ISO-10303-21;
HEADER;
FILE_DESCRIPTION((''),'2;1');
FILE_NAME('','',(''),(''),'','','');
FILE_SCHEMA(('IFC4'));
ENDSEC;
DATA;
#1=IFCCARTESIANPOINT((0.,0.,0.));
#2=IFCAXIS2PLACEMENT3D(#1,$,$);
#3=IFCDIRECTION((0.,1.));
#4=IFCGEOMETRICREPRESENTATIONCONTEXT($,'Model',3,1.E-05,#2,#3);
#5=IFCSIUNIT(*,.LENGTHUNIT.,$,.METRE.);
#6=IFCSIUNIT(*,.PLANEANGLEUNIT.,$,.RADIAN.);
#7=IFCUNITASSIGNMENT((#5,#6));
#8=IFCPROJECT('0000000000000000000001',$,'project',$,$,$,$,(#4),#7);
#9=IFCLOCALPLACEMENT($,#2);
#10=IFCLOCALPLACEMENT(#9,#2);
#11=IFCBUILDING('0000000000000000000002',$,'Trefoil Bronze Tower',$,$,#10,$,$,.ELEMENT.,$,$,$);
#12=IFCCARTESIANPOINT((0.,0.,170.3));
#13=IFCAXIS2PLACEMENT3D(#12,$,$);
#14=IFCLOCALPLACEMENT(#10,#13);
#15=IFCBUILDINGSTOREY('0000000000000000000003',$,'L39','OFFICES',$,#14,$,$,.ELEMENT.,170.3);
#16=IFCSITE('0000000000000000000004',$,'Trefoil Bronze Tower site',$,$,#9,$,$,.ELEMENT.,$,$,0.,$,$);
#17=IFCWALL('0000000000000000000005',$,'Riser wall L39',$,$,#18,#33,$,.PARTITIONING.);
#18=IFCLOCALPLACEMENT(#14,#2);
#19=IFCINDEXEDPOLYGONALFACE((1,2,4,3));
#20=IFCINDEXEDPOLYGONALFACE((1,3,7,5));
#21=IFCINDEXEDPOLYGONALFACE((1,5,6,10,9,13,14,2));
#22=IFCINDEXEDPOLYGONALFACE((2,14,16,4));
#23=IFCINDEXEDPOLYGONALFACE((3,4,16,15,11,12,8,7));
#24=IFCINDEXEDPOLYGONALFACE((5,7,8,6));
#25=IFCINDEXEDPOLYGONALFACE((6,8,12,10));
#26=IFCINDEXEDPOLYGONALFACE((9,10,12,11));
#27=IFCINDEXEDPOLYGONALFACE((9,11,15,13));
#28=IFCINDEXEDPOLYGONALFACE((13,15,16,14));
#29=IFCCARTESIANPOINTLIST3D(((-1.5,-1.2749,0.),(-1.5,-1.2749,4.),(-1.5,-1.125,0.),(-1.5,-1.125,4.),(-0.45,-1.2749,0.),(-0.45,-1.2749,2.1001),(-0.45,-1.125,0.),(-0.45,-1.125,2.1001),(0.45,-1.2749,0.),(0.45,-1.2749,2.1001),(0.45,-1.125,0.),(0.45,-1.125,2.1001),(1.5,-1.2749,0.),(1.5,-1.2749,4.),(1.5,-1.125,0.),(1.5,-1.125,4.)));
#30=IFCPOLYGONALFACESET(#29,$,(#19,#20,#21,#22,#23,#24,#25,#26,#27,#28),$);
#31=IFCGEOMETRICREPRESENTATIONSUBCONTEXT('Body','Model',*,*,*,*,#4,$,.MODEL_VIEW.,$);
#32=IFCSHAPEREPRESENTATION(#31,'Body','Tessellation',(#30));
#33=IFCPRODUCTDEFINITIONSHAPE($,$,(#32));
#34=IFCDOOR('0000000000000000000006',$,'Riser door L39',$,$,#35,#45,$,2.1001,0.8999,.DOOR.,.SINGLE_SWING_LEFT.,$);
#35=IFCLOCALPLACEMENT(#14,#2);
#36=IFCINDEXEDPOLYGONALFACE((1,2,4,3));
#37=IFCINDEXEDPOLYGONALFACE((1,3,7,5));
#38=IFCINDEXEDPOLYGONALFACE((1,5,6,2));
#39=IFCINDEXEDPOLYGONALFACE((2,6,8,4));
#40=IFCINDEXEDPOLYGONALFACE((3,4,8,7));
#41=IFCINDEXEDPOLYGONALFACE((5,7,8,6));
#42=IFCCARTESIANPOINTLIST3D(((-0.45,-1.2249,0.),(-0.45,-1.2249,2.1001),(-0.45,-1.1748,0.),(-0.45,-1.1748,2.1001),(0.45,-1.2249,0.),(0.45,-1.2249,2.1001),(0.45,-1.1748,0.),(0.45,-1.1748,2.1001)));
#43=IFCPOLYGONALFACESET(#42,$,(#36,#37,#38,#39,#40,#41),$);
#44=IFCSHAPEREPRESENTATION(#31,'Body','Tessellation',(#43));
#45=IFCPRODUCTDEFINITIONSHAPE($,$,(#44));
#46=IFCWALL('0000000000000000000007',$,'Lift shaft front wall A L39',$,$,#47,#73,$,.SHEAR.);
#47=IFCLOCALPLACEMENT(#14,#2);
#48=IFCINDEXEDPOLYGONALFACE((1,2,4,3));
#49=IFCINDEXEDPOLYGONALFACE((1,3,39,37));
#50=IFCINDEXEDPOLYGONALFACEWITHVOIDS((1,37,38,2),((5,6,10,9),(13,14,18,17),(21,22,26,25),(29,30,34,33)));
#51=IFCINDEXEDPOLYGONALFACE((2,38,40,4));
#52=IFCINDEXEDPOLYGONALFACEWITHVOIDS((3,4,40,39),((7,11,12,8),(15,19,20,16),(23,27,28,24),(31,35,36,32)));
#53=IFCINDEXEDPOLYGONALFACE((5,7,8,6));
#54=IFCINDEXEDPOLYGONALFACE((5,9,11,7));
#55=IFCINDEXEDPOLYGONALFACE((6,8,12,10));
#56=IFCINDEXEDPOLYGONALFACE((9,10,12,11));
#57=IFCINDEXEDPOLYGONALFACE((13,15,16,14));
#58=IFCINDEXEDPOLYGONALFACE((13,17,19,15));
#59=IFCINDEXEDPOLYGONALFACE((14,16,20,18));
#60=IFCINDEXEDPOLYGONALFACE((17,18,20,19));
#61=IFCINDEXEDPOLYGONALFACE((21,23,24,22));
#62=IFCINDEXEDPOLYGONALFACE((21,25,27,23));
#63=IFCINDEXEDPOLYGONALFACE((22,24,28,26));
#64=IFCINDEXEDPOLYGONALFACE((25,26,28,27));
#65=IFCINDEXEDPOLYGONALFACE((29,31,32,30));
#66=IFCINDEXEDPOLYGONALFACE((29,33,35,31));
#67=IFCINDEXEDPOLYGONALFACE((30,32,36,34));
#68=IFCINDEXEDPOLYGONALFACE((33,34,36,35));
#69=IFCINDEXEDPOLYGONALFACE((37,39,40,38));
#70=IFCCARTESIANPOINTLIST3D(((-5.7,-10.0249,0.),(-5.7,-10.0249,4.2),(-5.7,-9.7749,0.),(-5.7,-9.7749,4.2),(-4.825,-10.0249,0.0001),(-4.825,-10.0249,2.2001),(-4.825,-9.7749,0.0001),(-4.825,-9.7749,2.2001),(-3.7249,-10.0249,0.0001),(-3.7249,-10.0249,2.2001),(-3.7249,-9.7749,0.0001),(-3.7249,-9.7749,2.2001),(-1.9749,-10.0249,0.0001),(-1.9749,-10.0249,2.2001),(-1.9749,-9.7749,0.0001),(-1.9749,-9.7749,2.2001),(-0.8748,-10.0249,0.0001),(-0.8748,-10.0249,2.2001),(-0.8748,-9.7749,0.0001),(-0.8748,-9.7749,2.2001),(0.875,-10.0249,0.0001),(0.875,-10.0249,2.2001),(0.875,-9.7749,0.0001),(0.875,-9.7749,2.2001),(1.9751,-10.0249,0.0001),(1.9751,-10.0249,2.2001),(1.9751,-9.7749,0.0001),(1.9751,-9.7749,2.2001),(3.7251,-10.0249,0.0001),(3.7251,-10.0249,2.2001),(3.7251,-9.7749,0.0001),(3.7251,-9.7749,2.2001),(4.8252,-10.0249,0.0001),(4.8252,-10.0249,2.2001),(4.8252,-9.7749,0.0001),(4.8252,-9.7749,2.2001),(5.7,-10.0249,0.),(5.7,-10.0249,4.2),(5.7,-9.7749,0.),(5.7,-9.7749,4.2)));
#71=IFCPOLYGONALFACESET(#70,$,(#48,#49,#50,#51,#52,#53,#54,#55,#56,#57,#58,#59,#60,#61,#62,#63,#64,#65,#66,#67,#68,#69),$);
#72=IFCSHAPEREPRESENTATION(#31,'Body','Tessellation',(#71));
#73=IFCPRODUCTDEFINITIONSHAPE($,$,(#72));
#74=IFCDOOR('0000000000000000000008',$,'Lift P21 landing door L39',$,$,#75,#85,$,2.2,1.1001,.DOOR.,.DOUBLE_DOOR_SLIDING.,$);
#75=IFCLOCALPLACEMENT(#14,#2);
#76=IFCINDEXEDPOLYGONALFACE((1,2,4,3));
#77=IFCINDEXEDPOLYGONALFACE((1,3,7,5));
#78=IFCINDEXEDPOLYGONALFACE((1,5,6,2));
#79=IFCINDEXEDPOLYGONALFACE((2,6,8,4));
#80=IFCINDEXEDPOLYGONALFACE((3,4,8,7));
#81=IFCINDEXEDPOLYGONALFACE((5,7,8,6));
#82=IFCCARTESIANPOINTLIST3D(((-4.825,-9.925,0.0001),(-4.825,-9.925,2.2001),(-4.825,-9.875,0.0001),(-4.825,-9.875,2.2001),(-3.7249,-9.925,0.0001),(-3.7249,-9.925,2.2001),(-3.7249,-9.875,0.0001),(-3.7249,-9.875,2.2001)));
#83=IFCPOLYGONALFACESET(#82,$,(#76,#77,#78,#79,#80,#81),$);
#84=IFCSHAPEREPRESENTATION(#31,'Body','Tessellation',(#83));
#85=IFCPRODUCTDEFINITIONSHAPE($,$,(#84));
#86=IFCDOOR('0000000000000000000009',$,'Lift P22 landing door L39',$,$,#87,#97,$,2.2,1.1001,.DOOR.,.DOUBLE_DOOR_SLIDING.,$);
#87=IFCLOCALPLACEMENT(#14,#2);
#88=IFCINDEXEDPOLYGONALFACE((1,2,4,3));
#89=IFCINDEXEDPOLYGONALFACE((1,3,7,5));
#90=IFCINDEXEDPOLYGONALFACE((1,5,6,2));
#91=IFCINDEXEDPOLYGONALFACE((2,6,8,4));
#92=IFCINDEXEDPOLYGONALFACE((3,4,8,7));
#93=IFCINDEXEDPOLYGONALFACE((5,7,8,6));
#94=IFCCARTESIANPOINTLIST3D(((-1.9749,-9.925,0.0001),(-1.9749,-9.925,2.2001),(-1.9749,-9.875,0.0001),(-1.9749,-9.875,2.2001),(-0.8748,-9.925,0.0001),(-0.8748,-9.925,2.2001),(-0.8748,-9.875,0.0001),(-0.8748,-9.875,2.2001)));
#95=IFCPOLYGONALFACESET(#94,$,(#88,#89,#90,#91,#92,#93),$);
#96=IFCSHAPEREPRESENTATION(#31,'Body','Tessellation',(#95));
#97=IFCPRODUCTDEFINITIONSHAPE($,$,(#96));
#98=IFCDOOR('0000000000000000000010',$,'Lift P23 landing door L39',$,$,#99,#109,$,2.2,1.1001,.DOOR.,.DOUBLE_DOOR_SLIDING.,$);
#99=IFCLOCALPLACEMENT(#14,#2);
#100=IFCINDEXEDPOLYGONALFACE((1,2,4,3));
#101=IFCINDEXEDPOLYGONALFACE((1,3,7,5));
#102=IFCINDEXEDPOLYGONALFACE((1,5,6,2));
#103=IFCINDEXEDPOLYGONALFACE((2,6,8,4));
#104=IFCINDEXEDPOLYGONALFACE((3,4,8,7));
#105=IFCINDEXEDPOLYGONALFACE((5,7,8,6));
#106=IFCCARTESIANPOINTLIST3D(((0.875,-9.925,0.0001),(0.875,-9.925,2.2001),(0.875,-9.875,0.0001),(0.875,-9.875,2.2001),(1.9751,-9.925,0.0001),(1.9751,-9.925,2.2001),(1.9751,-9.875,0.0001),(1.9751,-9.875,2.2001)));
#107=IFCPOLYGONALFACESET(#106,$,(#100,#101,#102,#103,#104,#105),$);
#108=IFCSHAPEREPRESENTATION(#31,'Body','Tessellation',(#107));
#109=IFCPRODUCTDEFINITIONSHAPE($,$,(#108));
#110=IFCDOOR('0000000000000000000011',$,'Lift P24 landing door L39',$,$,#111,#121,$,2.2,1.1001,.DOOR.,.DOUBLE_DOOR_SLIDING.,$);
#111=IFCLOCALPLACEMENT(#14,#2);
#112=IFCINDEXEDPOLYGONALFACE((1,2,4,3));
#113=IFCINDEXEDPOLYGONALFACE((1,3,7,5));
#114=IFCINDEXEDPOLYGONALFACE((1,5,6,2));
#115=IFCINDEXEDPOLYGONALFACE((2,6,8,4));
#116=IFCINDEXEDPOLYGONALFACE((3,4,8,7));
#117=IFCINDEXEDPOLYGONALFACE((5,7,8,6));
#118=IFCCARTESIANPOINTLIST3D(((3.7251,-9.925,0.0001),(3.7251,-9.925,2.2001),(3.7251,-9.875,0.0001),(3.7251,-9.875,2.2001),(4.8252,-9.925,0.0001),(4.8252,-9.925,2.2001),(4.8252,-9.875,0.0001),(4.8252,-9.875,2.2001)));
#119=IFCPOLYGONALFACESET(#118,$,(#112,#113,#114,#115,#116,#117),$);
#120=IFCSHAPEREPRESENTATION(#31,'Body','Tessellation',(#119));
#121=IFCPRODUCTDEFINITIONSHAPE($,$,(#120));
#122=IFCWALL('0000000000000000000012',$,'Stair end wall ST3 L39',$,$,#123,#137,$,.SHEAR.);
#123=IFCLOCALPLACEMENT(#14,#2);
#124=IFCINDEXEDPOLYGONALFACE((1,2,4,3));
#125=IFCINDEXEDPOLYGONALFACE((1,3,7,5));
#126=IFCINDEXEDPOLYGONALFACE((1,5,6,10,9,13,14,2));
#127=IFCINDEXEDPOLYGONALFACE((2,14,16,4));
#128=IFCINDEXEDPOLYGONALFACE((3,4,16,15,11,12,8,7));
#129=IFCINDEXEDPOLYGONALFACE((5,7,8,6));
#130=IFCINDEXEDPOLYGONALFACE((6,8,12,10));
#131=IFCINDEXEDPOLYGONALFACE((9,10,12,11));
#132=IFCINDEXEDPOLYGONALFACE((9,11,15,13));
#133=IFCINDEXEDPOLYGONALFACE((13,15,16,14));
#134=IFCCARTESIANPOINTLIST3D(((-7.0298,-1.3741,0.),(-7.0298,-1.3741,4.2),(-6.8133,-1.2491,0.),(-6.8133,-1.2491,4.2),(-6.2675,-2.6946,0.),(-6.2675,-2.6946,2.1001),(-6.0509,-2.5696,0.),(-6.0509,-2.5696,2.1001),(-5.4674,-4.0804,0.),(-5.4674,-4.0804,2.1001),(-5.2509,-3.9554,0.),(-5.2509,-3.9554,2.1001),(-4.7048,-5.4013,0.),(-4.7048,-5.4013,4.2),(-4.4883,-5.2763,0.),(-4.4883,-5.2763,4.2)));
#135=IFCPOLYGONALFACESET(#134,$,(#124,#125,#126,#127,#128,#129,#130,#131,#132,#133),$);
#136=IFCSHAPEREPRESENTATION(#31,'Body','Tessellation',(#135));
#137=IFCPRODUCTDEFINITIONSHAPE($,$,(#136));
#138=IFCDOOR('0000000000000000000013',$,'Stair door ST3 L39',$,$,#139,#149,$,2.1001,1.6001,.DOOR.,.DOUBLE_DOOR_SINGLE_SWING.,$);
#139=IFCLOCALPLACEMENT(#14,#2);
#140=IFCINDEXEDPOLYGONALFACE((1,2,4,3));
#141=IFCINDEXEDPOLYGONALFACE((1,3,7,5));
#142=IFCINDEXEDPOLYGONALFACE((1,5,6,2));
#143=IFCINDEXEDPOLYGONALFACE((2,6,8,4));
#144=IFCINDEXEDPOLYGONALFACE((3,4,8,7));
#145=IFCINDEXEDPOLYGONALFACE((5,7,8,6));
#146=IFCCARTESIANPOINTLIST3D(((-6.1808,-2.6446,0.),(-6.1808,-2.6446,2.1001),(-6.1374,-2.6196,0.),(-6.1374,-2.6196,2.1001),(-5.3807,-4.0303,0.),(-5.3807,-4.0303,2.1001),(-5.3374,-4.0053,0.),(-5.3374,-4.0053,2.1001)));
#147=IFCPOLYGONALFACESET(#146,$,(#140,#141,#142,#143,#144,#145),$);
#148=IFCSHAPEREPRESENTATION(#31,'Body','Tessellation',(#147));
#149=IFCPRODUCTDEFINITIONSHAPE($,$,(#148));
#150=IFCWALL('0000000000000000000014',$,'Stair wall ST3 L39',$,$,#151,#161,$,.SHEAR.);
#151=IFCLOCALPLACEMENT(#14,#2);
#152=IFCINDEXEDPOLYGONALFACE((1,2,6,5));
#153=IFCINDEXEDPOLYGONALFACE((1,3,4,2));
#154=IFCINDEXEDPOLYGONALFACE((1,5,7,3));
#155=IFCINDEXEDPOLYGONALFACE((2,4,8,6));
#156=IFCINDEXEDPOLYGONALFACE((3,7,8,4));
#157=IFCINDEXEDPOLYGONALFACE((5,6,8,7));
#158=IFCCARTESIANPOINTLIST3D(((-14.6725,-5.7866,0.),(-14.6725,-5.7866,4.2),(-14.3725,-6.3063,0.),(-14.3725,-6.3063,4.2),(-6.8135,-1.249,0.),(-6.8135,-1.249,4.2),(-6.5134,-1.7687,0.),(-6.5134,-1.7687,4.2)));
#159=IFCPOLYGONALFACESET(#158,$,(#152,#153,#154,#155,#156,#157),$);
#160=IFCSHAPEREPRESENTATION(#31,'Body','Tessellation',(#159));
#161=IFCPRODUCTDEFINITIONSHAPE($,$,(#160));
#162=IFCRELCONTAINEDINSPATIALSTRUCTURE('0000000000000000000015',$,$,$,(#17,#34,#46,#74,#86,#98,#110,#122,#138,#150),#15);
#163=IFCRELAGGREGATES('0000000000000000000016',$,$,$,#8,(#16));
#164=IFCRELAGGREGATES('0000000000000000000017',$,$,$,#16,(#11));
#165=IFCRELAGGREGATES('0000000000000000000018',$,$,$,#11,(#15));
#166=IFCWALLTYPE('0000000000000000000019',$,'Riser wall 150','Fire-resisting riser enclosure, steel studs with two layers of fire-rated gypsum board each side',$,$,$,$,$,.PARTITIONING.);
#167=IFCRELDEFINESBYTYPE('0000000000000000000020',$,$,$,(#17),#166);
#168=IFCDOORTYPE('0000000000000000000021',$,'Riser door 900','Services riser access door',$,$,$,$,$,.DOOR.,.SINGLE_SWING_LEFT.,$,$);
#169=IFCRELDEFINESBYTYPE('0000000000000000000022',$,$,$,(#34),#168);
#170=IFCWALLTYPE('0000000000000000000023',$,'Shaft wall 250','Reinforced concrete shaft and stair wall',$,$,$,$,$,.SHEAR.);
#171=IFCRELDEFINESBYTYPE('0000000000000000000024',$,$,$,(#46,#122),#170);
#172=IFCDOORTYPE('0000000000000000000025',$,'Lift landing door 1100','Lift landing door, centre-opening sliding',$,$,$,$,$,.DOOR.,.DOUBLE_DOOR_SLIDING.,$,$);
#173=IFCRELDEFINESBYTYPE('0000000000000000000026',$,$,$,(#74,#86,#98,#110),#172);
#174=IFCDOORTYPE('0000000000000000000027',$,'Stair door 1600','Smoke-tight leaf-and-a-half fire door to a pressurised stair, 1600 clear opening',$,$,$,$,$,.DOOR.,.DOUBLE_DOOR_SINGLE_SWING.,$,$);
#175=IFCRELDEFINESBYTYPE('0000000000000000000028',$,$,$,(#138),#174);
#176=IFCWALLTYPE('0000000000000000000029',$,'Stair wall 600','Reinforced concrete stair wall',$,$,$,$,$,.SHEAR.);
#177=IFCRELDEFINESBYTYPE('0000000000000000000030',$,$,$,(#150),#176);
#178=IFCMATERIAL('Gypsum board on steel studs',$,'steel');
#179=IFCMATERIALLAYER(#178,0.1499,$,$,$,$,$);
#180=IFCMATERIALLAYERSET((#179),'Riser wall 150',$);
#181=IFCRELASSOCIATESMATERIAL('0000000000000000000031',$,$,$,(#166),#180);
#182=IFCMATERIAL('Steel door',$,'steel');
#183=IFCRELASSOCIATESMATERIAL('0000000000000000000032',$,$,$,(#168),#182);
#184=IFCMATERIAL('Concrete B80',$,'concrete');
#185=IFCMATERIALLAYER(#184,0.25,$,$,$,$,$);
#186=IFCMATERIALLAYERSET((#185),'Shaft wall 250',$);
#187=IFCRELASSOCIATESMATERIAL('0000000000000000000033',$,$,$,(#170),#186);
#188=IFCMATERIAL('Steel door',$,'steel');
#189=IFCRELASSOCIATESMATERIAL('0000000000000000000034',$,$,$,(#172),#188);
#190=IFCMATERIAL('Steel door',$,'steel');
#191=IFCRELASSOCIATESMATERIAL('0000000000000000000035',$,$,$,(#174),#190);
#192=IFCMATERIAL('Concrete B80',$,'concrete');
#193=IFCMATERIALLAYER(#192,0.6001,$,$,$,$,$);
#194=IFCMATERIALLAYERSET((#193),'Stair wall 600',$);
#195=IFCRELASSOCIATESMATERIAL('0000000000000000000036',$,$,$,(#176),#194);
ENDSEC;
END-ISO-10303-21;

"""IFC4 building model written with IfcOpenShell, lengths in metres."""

from ifc_helpers import new_model, si_unit, direction, frame, frame_2d, origin, place, context, subcontext, project, spatial, rectangle, extrude, material, layer, layer_set, type_object, element, fill, save


model = new_model("IFC4")

# Units and contexts
model_context = context("Model", 3, precision=1e-05, world=origin(), true_north=direction((0.0, 1.0)))
body_context = subcontext(model_context, "Body", "Model", "MODEL_VIEW")
ifc_project = project(units=[si_unit("LENGTHUNIT", "METRE"), si_unit("PLANEANGLEUNIT", "RADIAN")], contexts=[model_context])

# Site, building, storey
site_placement = place(None, origin())
site = spatial("IfcSite", under=ifc_project, at=site_placement, Name="Trefoil Bronze Tower site", CompositionType="ELEMENT", RefElevation=0.0)
building_placement = place(site_placement, origin())
building = spatial("IfcBuilding", under=site, at=building_placement, Name="Trefoil Bronze Tower", CompositionType="ELEMENT")
storey_placement = place(building_placement, frame((0.0, 0.0, 170.3)))
storey = spatial("IfcBuildingStorey", under=building, at=storey_placement, Name="L39", Description="OFFICES", CompositionType="ELEMENT", Elevation=170.3)

# Wall, opening, door
ifc_material_1 = material(Name="Gypsum board on steel studs", Category="steel")
ifc_layer_1 = layer(ifc_material_1, 0.1499)
ifc_layer_set_1 = layer_set([ifc_layer_1], Name="Riser wall 150")
wall_type_1 = type_object("IfcWallType", Name="Riser wall 150", Description="Fire-resisting riser enclosure, steel studs with two layers of fire-rated gypsum board each side", PredefinedType="PARTITIONING", material=ifc_layer_set_1)
wall_1_placement = place(storey_placement, frame((-1.5, -1.2, 0.0), z_axis=(0.0, 0.0, 1.0), x_axis=(1.0, 0.0, 0.0)))
wall_1 = element("IfcWall", 1, at=wall_1_placement, inside=storey, type_object=wall_type_1, Name="Riser wall L39", PredefinedType="PARTITIONING", context=body_context, shape_type="SweptSolid", body=[
    extrude(rectangle(XDim=3.0, YDim=0.1499, at=frame_2d((1.5, 0.0))), origin(), (0.0, 0.0, 1.0), 4.0),
])
opening_1_placement = place(wall_1_placement, frame((1.05, 0.0, 0.0)))
opening_1 = element("IfcOpeningElement", 2, at=opening_1_placement, cuts=wall_1, PredefinedType="OPENING", context=body_context, shape_type="SweptSolid", body=[
    extrude(rectangle(XDim=0.8999, YDim=2.1001, at=frame_2d((0.45, 1.05))), frame((0.0, 0.085, 0.0), z_axis=(0.0, -1.0, 0.0), x_axis=(1.0, 0.0, 0.0)), (0.0, 0.0, 1.0), 0.1699),
])
ifc_material_2 = material(Name="Steel door", Category="steel")
door_type_1 = type_object("IfcDoorType", Name="Riser door 900", Description="Services riser access door", OperationType="SINGLE_SWING_LEFT", PredefinedType="DOOR", material=ifc_material_2)
door_1_placement = place(opening_1_placement, frame((0.8999, 0.0, 0.0), z_axis=(0.0, 0.0, 1.0), x_axis=(-1.0, 0.0, 0.0)))
door_1 = element("IfcDoor", 3, at=door_1_placement, inside=storey, type_object=door_type_1, Name="Riser door L39", OperationType="SINGLE_SWING_LEFT", OverallHeight=2.1001, OverallWidth=0.8999, PredefinedType="DOOR", context=body_context, shape_type="SweptSolid", body=[
    extrude(rectangle(XDim=0.8999, YDim=2.1001, at=frame_2d((0.45, 1.05))), frame((0.0, 0.0249, 0.0), z_axis=(0.0, -1.0, 0.0), x_axis=(1.0, 0.0, 0.0)), (0.0, 0.0, 1.0), 0.05),
])
fill(opening_1, door_1)

# Wall, openings, doors
ifc_material_3 = material(Name="Concrete B80", Category="concrete")
ifc_layer_2 = layer(ifc_material_3, 0.25)
ifc_layer_set_2 = layer_set([ifc_layer_2], Name="Shaft wall 250")
wall_type_2 = type_object("IfcWallType", Name="Shaft wall 250", Description="Reinforced concrete shaft and stair wall", PredefinedType="SHEAR", material=ifc_layer_set_2)
wall_2_placement = place(storey_placement, frame((-5.7, -9.8999, 0.0), z_axis=(0.0, 0.0, 1.0), x_axis=(1.0, 0.0, 0.0)))
wall_2 = element("IfcWall", 4, at=wall_2_placement, inside=storey, type_object=wall_type_2, Name="Lift shaft front wall A L39", PredefinedType="SHEAR", context=body_context, shape_type="SweptSolid", body=[
    extrude(rectangle(XDim=11.3999, YDim=0.25, at=frame_2d((5.7, 0.0))), origin(), (0.0, 0.0, 1.0), 4.2),
])
opening_2_placement = place(wall_2_placement, frame((0.875, 0.0, 0.0)))
opening_2 = element("IfcOpeningElement", 5, at=opening_2_placement, cuts=wall_2, PredefinedType="OPENING", context=body_context, shape_type="SweptSolid", body=[
    extrude(rectangle(XDim=1.1001, YDim=2.2, at=frame_2d((0.55, 1.1001))), frame((0.0, 0.135, 0.0), z_axis=(0.0, -1.0, 0.0), x_axis=(1.0, 0.0, 0.0)), (0.0, 0.0, 1.0), 0.27),
])
opening_3_placement = place(wall_2_placement, frame((3.7251, 0.0, 0.0)))
opening_3 = element("IfcOpeningElement", 6, at=opening_3_placement, cuts=wall_2, PredefinedType="OPENING", context=body_context, shape_type="SweptSolid", body=[
    extrude(rectangle(XDim=1.1001, YDim=2.2, at=frame_2d((0.55, 1.1001))), frame((0.0, 0.135, 0.0), z_axis=(0.0, -1.0, 0.0), x_axis=(1.0, 0.0, 0.0)), (0.0, 0.0, 1.0), 0.27),
])
opening_4_placement = place(wall_2_placement, frame((6.575, 0.0, 0.0)))
opening_4 = element("IfcOpeningElement", 7, at=opening_4_placement, cuts=wall_2, PredefinedType="OPENING", context=body_context, shape_type="SweptSolid", body=[
    extrude(rectangle(XDim=1.1001, YDim=2.2, at=frame_2d((0.55, 1.1001))), frame((0.0, 0.135, 0.0), z_axis=(0.0, -1.0, 0.0), x_axis=(1.0, 0.0, 0.0)), (0.0, 0.0, 1.0), 0.27),
])
opening_5_placement = place(wall_2_placement, frame((9.425, 0.0, 0.0)))
opening_5 = element("IfcOpeningElement", 8, at=opening_5_placement, cuts=wall_2, PredefinedType="OPENING", context=body_context, shape_type="SweptSolid", body=[
    extrude(rectangle(XDim=1.1001, YDim=2.2, at=frame_2d((0.55, 1.1001))), frame((0.0, 0.135, 0.0), z_axis=(0.0, -1.0, 0.0), x_axis=(1.0, 0.0, 0.0)), (0.0, 0.0, 1.0), 0.27),
])
ifc_material_4 = material(Name="Steel door", Category="steel")
door_type_2 = type_object("IfcDoorType", Name="Lift landing door 1100", Description="Lift landing door, centre-opening sliding", OperationType="DOUBLE_DOOR_SLIDING", PredefinedType="DOOR", material=ifc_material_4)
door_2_placement = place(opening_2_placement, origin())
door_2 = element("IfcDoor", 9, at=door_2_placement, inside=storey, type_object=door_type_2, Name="Lift P21 landing door L39", OperationType="DOUBLE_DOOR_SLIDING", OverallHeight=2.2, OverallWidth=1.1001, PredefinedType="DOOR", context=body_context, shape_type="SweptSolid", body=[
    extrude(rectangle(XDim=1.1001, YDim=2.2, at=frame_2d((0.55, 1.1001))), frame((0.0, 0.0249, 0.0), z_axis=(0.0, -1.0, 0.0), x_axis=(1.0, 0.0, 0.0)), (0.0, 0.0, 1.0), 0.05),
])
fill(opening_2, door_2)
door_3_placement = place(opening_3_placement, origin())
door_3 = element("IfcDoor", 10, at=door_3_placement, inside=storey, type_object=door_type_2, Name="Lift P22 landing door L39", OperationType="DOUBLE_DOOR_SLIDING", OverallHeight=2.2, OverallWidth=1.1001, PredefinedType="DOOR", context=body_context, shape_type="SweptSolid", body=[
    extrude(rectangle(XDim=1.1001, YDim=2.2, at=frame_2d((0.55, 1.1001))), frame((0.0, 0.0249, 0.0), z_axis=(0.0, -1.0, 0.0), x_axis=(1.0, 0.0, 0.0)), (0.0, 0.0, 1.0), 0.05),
])
fill(opening_3, door_3)
door_4_placement = place(opening_4_placement, origin())
door_4 = element("IfcDoor", 11, at=door_4_placement, inside=storey, type_object=door_type_2, Name="Lift P23 landing door L39", OperationType="DOUBLE_DOOR_SLIDING", OverallHeight=2.2, OverallWidth=1.1001, PredefinedType="DOOR", context=body_context, shape_type="SweptSolid", body=[
    extrude(rectangle(XDim=1.1001, YDim=2.2, at=frame_2d((0.55, 1.1001))), frame((0.0, 0.0249, 0.0), z_axis=(0.0, -1.0, 0.0), x_axis=(1.0, 0.0, 0.0)), (0.0, 0.0, 1.0), 0.05),
])
fill(opening_4, door_4)
door_5_placement = place(opening_5_placement, origin())
door_5 = element("IfcDoor", 12, at=door_5_placement, inside=storey, type_object=door_type_2, Name="Lift P24 landing door L39", OperationType="DOUBLE_DOOR_SLIDING", OverallHeight=2.2, OverallWidth=1.1001, PredefinedType="DOOR", context=body_context, shape_type="SweptSolid", body=[
    extrude(rectangle(XDim=1.1001, YDim=2.2, at=frame_2d((0.55, 1.1001))), frame((0.0, 0.0249, 0.0), z_axis=(0.0, -1.0, 0.0), x_axis=(1.0, 0.0, 0.0)), (0.0, 0.0, 1.0), 0.05),
])
fill(opening_5, door_5)

# Wall, opening, door
wall_3_placement = place(storey_placement, frame((-6.9216, -1.3115, 0.0), z_axis=(0.0, 0.0, 1.0), x_axis=(0.499985, -0.866034, 0.0)))
wall_3 = element("IfcWall", 13, at=wall_3_placement, inside=storey, type_object=wall_type_2, Name="Stair end wall ST3 L39", PredefinedType="SHEAR", context=body_context, shape_type="SweptSolid", body=[
    extrude(rectangle(XDim=4.6501, YDim=0.25, at=frame_2d((2.3252, 0.0))), origin(), (0.0, 0.0, 1.0), 4.2),
])
opening_6_placement = place(wall_3_placement, frame((1.5249, 0.0, 0.0)))
opening_6 = element("IfcOpeningElement", 14, at=opening_6_placement, cuts=wall_3, PredefinedType="OPENING", context=body_context, shape_type="SweptSolid", body=[
    extrude(rectangle(XDim=1.6001, YDim=2.1001, at=frame_2d((0.8, 1.05))), frame((0.0, 0.135, 0.0), z_axis=(0.0, -1.0, 0.0), x_axis=(1.0, 0.0, 0.0)), (0.0, 0.0, 1.0), 0.27),
])
ifc_material_5 = material(Name="Steel door", Category="steel")
door_type_3 = type_object("IfcDoorType", Name="Stair door 1600", Description="Smoke-tight leaf-and-a-half fire door to a pressurised stair, 1600 clear opening", OperationType="DOUBLE_DOOR_SINGLE_SWING", PredefinedType="DOOR", material=ifc_material_5)
door_6_placement = place(opening_6_placement, frame((1.6001, 0.0, 0.0), z_axis=(0.0, 0.0, 1.0), x_axis=(-1.0, 0.0, 0.0)))
door_6 = element("IfcDoor", 15, at=door_6_placement, inside=storey, type_object=door_type_3, Name="Stair door ST3 L39", OperationType="DOUBLE_DOOR_SINGLE_SWING", OverallHeight=2.1001, OverallWidth=1.6001, PredefinedType="DOOR", context=body_context, shape_type="SweptSolid", body=[
    extrude(rectangle(XDim=1.6001, YDim=2.1001, at=frame_2d((0.8, 1.05))), frame((0.0, 0.0249, 0.0), z_axis=(0.0, -1.0, 0.0), x_axis=(1.0, 0.0, 0.0)), (0.0, 0.0, 1.0), 0.05),
])
fill(opening_6, door_6)

# Wall
ifc_material_6 = material(Name="Concrete B80", Category="concrete")
ifc_layer_3 = layer(ifc_material_6, 0.6001)
ifc_layer_set_3 = layer_set([ifc_layer_3], Name="Stair wall 600")
wall_type_3 = type_object("IfcWallType", Name="Stair wall 600", Description="Reinforced concrete stair wall", PredefinedType="SHEAR", material=ifc_layer_set_3)
for number, where, z_axis, x_axis, name in (
    (16, (-6.6633, -1.5088, 0.0), (0.0, 0.0, 1.0), (-0.866019, -0.50001, 0.0), "Stair wall ST3 L39"),
):
    element("IfcWall", number, at=place(storey_placement, frame(where, z_axis=z_axis, x_axis=x_axis)), inside=storey, type_object=wall_type_3, Name=name, PredefinedType="SHEAR", context=body_context, shape_type="SweptSolid", body=[
        extrude(rectangle(XDim=9.075, YDim=0.6001, at=frame_2d((4.5376, 0.0))), origin(), (0.0, 0.0, 1.0), 4.2),
    ])

save(model, "model.ifc")
